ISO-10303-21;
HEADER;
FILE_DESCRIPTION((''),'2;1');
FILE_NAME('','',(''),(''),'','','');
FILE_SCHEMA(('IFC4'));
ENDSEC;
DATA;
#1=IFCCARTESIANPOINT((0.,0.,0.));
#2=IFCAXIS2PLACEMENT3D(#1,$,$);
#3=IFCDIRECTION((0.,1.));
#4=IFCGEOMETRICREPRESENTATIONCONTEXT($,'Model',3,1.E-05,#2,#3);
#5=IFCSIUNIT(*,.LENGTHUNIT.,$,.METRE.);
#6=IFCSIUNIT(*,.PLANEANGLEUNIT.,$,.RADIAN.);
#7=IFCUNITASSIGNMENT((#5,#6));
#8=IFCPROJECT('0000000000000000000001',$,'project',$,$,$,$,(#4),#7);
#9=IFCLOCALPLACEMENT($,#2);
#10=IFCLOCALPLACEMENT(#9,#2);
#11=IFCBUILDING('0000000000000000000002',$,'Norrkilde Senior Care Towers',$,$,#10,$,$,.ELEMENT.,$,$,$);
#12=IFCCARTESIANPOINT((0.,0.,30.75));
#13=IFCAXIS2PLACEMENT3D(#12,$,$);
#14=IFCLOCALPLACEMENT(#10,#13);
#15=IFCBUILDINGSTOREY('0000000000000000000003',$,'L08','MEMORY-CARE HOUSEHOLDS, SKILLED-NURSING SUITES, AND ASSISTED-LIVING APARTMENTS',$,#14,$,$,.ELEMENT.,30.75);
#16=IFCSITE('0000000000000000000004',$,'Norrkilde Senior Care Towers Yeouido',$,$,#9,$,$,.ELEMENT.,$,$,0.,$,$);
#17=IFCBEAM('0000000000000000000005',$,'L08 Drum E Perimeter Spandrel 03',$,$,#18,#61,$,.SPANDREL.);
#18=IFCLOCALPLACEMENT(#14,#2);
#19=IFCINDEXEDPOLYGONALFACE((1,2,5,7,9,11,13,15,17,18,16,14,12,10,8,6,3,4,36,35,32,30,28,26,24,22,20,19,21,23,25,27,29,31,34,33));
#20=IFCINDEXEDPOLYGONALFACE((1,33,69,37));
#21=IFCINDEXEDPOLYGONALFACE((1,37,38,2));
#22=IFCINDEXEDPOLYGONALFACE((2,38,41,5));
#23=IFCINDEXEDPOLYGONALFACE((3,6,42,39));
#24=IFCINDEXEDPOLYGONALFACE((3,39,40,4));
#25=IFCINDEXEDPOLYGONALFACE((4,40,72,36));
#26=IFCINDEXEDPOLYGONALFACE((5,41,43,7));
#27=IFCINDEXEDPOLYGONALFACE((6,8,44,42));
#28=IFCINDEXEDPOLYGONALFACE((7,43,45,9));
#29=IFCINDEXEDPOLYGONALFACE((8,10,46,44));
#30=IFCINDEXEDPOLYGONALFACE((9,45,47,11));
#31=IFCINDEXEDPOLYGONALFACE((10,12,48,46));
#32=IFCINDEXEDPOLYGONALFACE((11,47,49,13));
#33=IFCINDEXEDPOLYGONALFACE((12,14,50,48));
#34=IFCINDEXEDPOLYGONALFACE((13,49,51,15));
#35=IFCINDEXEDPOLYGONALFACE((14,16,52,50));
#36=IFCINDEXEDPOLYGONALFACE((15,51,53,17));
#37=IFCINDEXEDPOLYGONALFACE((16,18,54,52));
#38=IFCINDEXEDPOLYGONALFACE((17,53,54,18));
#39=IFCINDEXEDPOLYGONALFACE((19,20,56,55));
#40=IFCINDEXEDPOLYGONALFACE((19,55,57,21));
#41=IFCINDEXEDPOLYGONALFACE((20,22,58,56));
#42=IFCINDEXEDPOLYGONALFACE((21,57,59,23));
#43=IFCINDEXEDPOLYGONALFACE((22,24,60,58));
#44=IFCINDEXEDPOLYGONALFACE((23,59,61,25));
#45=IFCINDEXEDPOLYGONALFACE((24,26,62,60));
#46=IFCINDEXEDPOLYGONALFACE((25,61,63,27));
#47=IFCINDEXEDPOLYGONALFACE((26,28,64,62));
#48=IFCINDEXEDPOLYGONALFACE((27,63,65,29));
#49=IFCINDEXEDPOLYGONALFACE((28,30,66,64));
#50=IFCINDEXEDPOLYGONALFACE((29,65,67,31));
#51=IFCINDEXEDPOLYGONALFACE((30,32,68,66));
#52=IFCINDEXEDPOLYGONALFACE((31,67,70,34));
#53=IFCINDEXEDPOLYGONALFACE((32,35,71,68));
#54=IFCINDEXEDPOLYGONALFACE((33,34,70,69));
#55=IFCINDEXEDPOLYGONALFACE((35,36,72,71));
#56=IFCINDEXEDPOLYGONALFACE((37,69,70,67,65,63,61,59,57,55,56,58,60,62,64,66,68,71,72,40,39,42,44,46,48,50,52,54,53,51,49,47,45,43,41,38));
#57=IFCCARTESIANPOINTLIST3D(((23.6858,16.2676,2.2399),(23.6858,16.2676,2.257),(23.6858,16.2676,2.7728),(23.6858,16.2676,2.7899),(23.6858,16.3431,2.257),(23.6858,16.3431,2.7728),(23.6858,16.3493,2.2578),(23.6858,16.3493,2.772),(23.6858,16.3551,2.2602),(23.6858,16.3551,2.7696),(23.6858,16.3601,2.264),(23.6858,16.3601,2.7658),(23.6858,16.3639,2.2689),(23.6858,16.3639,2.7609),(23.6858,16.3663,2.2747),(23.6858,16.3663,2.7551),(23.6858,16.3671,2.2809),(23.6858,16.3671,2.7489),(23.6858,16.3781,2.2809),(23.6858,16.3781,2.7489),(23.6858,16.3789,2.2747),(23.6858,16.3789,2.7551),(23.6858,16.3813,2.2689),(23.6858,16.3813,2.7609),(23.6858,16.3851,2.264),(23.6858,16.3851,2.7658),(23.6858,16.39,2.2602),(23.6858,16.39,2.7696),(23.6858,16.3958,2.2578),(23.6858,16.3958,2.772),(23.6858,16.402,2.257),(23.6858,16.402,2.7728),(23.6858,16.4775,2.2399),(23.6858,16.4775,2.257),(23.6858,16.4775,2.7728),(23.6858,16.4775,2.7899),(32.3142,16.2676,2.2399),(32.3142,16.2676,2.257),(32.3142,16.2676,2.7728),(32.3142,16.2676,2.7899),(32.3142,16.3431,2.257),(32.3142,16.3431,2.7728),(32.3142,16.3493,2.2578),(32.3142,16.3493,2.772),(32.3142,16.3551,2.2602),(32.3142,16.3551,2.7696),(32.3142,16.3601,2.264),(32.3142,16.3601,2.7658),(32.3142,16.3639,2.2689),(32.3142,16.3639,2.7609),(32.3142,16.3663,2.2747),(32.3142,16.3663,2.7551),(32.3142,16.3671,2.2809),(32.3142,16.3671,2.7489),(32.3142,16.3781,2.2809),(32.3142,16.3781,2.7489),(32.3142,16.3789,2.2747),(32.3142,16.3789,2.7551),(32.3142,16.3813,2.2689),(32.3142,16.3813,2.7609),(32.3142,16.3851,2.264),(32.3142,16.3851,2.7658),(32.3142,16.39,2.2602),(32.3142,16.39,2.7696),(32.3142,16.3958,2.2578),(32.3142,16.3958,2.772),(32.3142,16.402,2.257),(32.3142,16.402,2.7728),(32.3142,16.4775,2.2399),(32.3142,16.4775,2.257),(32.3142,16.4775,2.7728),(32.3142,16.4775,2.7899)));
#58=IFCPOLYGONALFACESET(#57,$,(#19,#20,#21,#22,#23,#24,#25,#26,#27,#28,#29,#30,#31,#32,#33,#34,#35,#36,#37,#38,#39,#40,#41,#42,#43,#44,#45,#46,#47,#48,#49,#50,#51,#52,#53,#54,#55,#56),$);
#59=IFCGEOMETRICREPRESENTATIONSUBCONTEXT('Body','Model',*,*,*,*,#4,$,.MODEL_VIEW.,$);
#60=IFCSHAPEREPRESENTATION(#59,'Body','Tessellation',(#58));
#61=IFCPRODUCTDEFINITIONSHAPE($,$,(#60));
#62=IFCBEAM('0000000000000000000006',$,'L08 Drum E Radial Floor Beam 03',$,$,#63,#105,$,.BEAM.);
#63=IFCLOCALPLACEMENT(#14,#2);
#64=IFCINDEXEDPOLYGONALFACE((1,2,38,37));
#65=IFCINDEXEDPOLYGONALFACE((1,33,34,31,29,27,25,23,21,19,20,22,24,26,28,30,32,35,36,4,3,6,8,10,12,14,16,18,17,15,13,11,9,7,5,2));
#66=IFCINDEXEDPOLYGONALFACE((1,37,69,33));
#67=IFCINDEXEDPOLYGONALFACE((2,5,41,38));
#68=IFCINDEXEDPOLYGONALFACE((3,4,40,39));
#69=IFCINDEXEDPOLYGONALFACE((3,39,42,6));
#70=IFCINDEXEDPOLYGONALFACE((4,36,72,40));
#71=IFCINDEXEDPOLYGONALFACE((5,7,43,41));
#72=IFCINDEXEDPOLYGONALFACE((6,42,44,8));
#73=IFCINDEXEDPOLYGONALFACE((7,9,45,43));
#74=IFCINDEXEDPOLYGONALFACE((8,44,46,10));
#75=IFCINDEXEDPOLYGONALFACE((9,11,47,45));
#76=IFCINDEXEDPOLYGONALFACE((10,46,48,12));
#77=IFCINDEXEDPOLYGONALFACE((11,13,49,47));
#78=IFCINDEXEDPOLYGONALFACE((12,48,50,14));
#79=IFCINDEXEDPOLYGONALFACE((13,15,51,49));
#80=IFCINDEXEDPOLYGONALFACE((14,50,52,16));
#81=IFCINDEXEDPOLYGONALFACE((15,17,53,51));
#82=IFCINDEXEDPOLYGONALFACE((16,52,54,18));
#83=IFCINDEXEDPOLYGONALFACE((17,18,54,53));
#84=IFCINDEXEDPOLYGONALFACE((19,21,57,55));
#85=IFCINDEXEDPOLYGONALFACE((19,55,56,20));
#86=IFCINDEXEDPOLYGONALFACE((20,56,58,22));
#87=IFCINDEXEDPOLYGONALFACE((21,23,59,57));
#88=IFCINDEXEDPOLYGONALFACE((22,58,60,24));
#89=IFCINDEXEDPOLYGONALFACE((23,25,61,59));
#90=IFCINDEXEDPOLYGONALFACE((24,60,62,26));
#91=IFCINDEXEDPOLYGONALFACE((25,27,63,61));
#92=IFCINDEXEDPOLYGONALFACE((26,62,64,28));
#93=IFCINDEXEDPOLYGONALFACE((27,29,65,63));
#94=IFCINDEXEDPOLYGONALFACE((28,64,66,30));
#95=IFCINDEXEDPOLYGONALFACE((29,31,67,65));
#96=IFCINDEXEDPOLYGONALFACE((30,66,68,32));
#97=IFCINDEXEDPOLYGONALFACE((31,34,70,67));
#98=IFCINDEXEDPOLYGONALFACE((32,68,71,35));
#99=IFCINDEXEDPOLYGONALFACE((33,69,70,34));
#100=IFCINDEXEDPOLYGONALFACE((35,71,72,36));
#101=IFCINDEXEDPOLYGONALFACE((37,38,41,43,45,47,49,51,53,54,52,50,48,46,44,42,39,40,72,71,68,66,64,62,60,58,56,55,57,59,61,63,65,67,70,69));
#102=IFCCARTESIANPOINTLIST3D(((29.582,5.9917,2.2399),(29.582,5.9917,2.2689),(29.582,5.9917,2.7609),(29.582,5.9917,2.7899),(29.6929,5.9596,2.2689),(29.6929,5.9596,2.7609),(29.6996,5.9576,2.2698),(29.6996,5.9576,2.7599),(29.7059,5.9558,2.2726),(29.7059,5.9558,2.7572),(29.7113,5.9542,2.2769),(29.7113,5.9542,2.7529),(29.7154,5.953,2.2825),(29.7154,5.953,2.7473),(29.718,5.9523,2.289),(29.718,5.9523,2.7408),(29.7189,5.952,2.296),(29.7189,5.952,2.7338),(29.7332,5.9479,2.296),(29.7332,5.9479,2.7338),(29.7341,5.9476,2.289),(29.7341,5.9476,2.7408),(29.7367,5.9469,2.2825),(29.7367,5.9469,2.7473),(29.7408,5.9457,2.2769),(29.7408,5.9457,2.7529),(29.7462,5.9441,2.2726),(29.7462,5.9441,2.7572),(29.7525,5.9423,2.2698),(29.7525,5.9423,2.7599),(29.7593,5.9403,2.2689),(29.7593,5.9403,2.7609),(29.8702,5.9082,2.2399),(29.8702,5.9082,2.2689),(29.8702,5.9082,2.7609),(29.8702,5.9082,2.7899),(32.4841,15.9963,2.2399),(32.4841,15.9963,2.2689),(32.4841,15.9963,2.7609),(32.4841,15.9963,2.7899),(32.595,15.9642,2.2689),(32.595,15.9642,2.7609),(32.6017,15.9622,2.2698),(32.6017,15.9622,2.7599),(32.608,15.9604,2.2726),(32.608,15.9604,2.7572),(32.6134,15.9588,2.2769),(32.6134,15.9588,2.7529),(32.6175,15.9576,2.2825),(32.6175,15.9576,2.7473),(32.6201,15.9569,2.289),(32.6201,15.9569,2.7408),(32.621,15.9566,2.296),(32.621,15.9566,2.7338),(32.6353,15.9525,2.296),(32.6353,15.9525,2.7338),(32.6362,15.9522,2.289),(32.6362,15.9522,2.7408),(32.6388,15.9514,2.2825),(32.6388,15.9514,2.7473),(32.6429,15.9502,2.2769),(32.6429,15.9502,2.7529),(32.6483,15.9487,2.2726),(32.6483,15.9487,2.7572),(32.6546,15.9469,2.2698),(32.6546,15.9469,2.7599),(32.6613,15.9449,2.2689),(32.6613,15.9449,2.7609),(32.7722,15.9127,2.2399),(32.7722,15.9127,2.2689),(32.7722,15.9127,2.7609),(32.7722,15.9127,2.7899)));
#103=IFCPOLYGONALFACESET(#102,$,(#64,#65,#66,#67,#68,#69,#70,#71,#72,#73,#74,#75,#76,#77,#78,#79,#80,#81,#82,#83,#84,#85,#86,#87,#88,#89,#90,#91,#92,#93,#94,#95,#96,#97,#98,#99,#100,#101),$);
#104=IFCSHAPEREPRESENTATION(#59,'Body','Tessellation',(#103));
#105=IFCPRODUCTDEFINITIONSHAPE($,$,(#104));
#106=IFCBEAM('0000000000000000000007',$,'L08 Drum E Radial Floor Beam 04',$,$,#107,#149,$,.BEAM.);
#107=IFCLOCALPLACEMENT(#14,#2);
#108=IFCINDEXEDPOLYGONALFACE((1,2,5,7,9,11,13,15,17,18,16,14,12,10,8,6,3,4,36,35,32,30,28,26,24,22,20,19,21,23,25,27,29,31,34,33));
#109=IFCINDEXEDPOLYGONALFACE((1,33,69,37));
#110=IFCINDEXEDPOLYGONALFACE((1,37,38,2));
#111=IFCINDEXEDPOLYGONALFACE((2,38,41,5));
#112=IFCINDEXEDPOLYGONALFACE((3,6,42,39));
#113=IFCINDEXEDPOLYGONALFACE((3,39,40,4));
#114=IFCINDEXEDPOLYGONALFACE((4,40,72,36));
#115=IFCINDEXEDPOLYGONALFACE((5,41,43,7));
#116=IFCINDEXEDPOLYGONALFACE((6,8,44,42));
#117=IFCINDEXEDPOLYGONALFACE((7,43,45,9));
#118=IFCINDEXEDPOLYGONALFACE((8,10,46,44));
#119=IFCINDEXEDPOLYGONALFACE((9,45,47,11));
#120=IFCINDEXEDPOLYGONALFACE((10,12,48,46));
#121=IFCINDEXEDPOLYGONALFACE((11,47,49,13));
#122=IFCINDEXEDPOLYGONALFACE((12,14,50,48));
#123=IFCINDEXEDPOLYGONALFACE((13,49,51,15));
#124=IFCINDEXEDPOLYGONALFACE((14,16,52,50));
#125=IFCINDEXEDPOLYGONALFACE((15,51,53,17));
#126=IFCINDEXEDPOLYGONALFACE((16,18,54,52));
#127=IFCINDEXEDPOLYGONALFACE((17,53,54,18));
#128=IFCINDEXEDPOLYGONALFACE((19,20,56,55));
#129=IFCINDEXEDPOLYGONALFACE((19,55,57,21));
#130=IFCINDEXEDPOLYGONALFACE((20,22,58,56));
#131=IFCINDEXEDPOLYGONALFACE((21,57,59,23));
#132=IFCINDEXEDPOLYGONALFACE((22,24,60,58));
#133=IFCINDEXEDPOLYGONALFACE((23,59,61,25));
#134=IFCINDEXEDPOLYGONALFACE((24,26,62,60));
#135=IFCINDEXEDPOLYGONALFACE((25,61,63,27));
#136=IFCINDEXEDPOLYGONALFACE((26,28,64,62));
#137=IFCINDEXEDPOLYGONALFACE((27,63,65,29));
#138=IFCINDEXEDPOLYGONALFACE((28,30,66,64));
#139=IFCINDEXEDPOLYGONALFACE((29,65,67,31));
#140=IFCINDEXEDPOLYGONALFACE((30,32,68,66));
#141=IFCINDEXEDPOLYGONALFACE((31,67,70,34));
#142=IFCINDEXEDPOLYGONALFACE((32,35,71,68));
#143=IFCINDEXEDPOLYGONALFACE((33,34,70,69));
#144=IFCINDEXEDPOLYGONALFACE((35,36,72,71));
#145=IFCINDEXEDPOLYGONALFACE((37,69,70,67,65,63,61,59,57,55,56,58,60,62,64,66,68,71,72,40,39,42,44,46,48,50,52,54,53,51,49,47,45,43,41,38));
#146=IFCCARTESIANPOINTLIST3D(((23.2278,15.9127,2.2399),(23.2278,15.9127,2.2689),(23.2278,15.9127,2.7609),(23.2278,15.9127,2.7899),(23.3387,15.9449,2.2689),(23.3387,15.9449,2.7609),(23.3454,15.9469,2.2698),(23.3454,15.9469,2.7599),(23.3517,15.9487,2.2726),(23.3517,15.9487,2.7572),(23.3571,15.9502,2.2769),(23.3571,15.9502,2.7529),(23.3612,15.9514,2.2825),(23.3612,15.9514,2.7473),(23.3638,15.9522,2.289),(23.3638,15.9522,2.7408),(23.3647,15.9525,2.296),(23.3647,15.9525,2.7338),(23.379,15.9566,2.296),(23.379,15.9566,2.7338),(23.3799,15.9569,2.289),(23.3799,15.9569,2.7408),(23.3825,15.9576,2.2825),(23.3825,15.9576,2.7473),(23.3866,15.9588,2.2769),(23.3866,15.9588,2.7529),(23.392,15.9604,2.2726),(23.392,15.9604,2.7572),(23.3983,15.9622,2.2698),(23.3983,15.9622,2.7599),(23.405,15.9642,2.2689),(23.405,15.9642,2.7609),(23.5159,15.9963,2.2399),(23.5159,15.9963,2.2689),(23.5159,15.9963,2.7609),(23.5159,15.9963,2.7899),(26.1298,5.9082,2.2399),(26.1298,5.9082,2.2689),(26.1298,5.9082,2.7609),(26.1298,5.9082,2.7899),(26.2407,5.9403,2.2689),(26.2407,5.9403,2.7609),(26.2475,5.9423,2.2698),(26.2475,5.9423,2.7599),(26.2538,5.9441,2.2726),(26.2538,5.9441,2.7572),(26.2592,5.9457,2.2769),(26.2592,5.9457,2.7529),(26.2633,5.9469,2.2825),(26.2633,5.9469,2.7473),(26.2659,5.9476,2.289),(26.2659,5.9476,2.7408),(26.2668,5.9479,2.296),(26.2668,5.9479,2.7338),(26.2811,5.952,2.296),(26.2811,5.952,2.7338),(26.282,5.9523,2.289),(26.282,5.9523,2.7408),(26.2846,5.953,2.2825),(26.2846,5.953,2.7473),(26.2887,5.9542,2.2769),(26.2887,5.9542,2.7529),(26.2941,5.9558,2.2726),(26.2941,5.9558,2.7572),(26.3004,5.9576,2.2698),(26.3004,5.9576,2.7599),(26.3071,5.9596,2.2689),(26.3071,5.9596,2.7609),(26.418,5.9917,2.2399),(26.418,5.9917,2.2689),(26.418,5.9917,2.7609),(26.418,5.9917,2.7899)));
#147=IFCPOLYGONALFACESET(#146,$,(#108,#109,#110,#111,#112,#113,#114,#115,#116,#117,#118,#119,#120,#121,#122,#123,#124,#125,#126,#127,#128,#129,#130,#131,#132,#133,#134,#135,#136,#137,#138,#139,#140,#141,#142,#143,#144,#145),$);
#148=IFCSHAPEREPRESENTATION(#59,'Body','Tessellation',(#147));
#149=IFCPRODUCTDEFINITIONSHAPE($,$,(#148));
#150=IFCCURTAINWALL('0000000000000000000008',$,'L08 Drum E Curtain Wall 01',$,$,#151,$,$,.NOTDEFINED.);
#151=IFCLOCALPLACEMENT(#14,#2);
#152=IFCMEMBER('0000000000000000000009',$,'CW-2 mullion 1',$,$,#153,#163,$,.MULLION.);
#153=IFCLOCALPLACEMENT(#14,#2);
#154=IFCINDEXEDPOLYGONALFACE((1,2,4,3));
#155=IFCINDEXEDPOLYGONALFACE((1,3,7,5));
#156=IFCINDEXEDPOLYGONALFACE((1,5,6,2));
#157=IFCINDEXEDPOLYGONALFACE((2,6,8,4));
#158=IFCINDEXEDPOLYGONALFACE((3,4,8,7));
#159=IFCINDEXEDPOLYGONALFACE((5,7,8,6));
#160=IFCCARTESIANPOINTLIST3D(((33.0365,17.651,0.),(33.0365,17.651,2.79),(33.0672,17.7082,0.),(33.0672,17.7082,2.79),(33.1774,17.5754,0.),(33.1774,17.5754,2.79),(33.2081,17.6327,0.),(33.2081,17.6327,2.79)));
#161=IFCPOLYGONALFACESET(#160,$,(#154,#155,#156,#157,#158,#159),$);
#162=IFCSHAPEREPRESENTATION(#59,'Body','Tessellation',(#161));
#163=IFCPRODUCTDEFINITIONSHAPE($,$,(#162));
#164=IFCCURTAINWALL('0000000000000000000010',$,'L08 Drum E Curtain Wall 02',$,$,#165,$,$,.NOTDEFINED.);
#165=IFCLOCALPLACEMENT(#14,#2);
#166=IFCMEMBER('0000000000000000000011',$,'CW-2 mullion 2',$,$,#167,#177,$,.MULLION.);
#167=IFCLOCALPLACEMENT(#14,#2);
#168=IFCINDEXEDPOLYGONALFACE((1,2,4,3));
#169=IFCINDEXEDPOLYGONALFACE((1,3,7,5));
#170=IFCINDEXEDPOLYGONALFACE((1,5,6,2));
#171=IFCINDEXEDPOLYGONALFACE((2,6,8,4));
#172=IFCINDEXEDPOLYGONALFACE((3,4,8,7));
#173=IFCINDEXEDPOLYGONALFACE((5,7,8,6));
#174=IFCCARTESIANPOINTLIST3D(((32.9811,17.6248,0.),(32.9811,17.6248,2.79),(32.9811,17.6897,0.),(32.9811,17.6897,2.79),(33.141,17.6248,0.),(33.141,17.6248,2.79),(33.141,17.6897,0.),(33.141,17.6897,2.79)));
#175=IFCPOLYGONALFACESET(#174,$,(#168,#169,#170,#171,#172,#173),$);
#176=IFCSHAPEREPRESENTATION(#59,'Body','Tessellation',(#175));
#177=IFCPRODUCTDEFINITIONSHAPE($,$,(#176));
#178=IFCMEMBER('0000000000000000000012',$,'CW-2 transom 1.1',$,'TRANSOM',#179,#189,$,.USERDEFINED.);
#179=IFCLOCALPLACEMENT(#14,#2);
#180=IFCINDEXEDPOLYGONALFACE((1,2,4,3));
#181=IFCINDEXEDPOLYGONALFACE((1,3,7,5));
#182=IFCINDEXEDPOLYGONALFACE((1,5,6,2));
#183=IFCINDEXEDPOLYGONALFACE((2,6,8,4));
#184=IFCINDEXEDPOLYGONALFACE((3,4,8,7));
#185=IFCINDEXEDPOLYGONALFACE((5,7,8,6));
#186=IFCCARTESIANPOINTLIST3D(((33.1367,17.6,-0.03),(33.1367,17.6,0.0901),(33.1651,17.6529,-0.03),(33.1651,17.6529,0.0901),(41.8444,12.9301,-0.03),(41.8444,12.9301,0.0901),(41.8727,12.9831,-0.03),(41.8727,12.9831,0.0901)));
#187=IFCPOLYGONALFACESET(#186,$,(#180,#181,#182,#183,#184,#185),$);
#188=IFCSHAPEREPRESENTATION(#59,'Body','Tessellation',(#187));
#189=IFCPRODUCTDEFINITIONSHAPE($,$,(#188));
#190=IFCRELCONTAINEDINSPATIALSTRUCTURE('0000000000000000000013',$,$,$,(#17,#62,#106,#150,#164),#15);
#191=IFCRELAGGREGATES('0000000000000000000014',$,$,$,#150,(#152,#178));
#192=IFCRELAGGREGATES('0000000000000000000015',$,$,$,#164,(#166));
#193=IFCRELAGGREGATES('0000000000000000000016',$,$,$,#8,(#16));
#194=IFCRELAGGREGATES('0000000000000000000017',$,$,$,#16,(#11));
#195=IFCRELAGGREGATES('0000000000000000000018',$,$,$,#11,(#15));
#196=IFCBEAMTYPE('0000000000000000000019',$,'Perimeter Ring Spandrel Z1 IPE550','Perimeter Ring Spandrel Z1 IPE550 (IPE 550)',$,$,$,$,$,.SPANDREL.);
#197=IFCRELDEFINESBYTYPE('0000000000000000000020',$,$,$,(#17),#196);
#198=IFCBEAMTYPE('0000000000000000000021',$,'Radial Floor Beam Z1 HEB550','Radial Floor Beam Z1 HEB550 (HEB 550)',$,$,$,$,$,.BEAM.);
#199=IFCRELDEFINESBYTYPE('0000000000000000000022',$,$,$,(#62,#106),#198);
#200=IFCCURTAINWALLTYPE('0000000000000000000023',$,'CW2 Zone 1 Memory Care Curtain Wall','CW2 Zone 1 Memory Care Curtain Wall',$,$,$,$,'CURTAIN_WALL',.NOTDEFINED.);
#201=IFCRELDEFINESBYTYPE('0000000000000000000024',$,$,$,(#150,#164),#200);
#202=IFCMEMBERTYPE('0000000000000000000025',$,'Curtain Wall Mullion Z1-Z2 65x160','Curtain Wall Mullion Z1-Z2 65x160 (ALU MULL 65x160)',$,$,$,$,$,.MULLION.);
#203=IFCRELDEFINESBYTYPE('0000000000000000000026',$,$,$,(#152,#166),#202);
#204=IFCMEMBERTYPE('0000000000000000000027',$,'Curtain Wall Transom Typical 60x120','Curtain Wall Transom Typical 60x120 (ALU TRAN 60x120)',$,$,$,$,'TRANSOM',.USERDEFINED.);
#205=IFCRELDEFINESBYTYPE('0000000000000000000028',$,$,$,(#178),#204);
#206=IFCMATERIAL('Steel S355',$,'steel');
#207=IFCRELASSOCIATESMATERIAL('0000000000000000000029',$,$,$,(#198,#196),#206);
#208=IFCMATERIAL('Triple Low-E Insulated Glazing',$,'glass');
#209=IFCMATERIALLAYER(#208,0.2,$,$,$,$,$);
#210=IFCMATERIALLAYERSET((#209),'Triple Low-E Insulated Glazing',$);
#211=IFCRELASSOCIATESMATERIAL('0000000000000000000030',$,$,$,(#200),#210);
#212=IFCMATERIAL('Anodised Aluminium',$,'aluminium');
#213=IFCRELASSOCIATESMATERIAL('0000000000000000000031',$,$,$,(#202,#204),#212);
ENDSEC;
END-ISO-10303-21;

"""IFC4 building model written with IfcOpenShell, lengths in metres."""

from ifc_helpers import new_model, si_unit, direction, frame, origin, origin_2d, place, context, subcontext, project, spatial, rectangle, i_section, extrude, source, transform, mapped, material, layer, layer_set, material_profile, profile_set, type_object, type_shapes, element, aggregate, save


model = new_model("IFC4")

# Units and contexts
model_context = context("Model", 3, precision=1e-05, world=origin(), true_north=direction((0.0, 1.0)))
body_context = subcontext(model_context, "Body", "Model", "MODEL_VIEW")
ifc_project = project(units=[si_unit("LENGTHUNIT", "METRE"), si_unit("PLANEANGLEUNIT", "RADIAN")], contexts=[model_context])

# Site, building, storey
site_placement = place(None, origin())
site = spatial("IfcSite", under=ifc_project, at=site_placement, Name="Norrkilde Senior Care Towers Yeouido", CompositionType="ELEMENT", RefElevation=0.0)
building_placement = place(site_placement, origin())
building = spatial("IfcBuilding", under=site, at=building_placement, Name="Norrkilde Senior Care Towers", CompositionType="ELEMENT")
storey_placement = place(building_placement, frame((0.0, 0.0, 30.75)))
storey = spatial("IfcBuildingStorey", under=building, at=storey_placement, Name="L08", Description="MEMORY-CARE HOUSEHOLDS, SKILLED-NURSING SUITES, AND ASSISTED-LIVING APARTMENTS", CompositionType="ELEMENT", Elevation=30.75)

# Beams
ifc_material_1 = material(Name="Steel S355", Category="steel")
ifc_material_profile_1 = material_profile(ifc_material_1, i_section(OverallWidth=0.3, OverallDepth=0.55, WebThickness=0.0149, FlangeThickness=0.0291, FilletRadius=0.0271, at=origin_2d()), Name="HEB 550")
ifc_profile_set_1 = profile_set([ifc_material_profile_1], Name="Steel S355")
beam_type_1 = type_object("IfcBeamType", Name="Radial Floor Beam Z1 HEB550", Description="Radial Floor Beam Z1 HEB550 (HEB 550)", PredefinedType="BEAM", material=ifc_profile_set_1)
ifc_material_profile_2 = material_profile(ifc_material_1, i_section(OverallWidth=0.21, OverallDepth=0.55, WebThickness=0.011, FlangeThickness=0.0171, FilletRadius=0.0239, at=origin_2d()), Name="IPE 550")
ifc_profile_set_2 = profile_set([ifc_material_profile_2], Name="Steel S355")
beam_type_2 = type_object("IfcBeamType", Name="Perimeter Ring Spandrel Z1 IPE550", Description="Perimeter Ring Spandrel Z1 IPE550 (IPE 550)", PredefinedType="SPANDREL", material=ifc_profile_set_2)
shared_shape_1 = source(origin(), body_context, "Body", "SweptSolid", [
    extrude(i_section(OverallWidth=0.21, OverallDepth=0.55, WebThickness=0.011, FlangeThickness=0.0171, FilletRadius=0.0239, at=origin_2d()), origin(), (0.0, 0.0, 1.0), 8.6284),
])
type_shapes(beam_type_2, [shared_shape_1])
beam_1_placement = place(storey_placement, frame((32.3142, 16.3726, 2.5149), z_axis=(-1.0, 0.0, 0.0), x_axis=(0.0, -1.0, 0.0)))
element("IfcBeam", 1, at=beam_1_placement, inside=storey, type_object=beam_type_2, Name="L08 Drum E Perimeter Spandrel 03", PredefinedType="SPANDREL", context=body_context, shape_type="MappedRepresentation", body=[
    mapped(shared_shape_1, transform((0.0, 0.0, 0.0), x_axis=(1.0, 0.0, 0.0), y_axis=(0.0, 1.0, 0.0), z_axis=(0.0, 0.0, 1.0), scale=1.0)),
])
shared_shape_2 = source(origin(), body_context, "Body", "SweptSolid", [
    extrude(i_section(OverallWidth=0.3, OverallDepth=0.55, WebThickness=0.0149, FlangeThickness=0.0291, FilletRadius=0.0271, at=origin_2d()), origin(), (0.0, 0.0, 1.0), 10.417),
])
for number, where, z_axis, x_axis, name in (
    (2, (29.7261, 5.95, 2.5149), (0.278591, 0.96041, 0.0), (-0.96041, 0.278591, 0.0), "L08 Drum E Radial Floor Beam 03"),
    (3, (26.2739, 5.95, 2.5149), (-0.278591, 0.96041, 0.0), (-0.96041, -0.278591, 0.0), "L08 Drum E Radial Floor Beam 04"),
):
    element("IfcBeam", number, at=place(storey_placement, frame(where, z_axis=z_axis, x_axis=x_axis)), inside=storey, type_object=beam_type_1, Name=name, PredefinedType="BEAM", context=body_context, shape_type="MappedRepresentation", body=[
        mapped(shared_shape_2, transform((0.0, 0.0, 0.0), x_axis=(1.0, 0.0, 0.0), y_axis=(0.0, 1.0, 0.0), z_axis=(0.0, 0.0, 1.0), scale=1.0)),
    ])

# Curtain walls, members
ifc_material_2 = material(Name="Triple Low-E Insulated Glazing", Category="glass")
ifc_layer_1 = layer(ifc_material_2, 0.2)
ifc_layer_set_1 = layer_set([ifc_layer_1], Name="Triple Low-E Insulated Glazing")
curtain_wall_type = type_object("IfcCurtainWallType", Name="CW2 Zone 1 Memory Care Curtain Wall", Description="CW2 Zone 1 Memory Care Curtain Wall", ElementType="CURTAIN_WALL", PredefinedType="NOTDEFINED", material=ifc_layer_set_1)
curtain_wall_1_placement = place(storey_placement, origin())
curtain_wall_1 = element("IfcCurtainWall", 4, at=curtain_wall_1_placement, inside=storey, type_object=curtain_wall_type, Name="L08 Drum E Curtain Wall 01", PredefinedType="NOTDEFINED")
ifc_material_3 = material(Name="Anodised Aluminium", Category="aluminium")
ifc_material_profile_3 = material_profile(ifc_material_3, rectangle(XDim=0.0649, YDim=0.1599, at=origin_2d()), Name="ALU MULL 65x160")
ifc_profile_set_3 = profile_set([ifc_material_profile_3], Name="Anodised Aluminium")
member_type_1 = type_object("IfcMemberType", Name="Curtain Wall Mullion Z1-Z2 65x160", Description="Curtain Wall Mullion Z1-Z2 65x160 (ALU MULL 65x160)", PredefinedType="MULLION", material=ifc_profile_set_3)
shared_shape_3 = source(origin(), body_context, "Body", "SweptSolid", [
    extrude(rectangle(XDim=0.0649, YDim=0.1599, at=origin_2d()), origin(), (0.0, 0.0, 1.0), 2.79),
])
type_shapes(member_type_1, [shared_shape_3])
member_1_placement = place(storey_placement, frame((33.1223, 17.6418, 0.0), z_axis=(0.0, 0.0, 1.0), x_axis=(0.472608, 0.881273, 0.0)))
member_1 = element("IfcMember", 5, at=member_1_placement, type_object=member_type_1, Name="CW-2 mullion 1", PredefinedType="MULLION", context=body_context, shape_type="MappedRepresentation", body=[
    mapped(shared_shape_3, transform((0.0, 0.0, 0.0), x_axis=(1.0, 0.0, 0.0), y_axis=(0.0, 1.0, 0.0), z_axis=(0.0, 0.0, 1.0), scale=1.0)),
])
curtain_wall_2_placement = place(storey_placement, origin())
curtain_wall_2 = element("IfcCurtainWall", 6, at=curtain_wall_2_placement, inside=storey, type_object=curtain_wall_type, Name="L08 Drum E Curtain Wall 02", PredefinedType="NOTDEFINED")
member_2_placement = place(storey_placement, frame((33.061, 17.6572, 0.0), z_axis=(0.0, 0.0, 1.0), x_axis=(0.0, 1.0, 0.0)))
member_2 = element("IfcMember", 7, at=member_2_placement, type_object=member_type_1, Name="CW-2 mullion 2", PredefinedType="MULLION", context=body_context, shape_type="MappedRepresentation", body=[
    mapped(shared_shape_3, transform((0.0, 0.0, 0.0), x_axis=(1.0, 0.0, 0.0), y_axis=(0.0, 1.0, 0.0), z_axis=(0.0, 0.0, 1.0), scale=1.0)),
])

# Member
ifc_material_profile_4 = material_profile(ifc_material_3, rectangle(XDim=0.0601, YDim=0.1201, at=origin_2d()), Name="ALU TRAN 60x120")
ifc_profile_set_4 = profile_set([ifc_material_profile_4], Name="Anodised Aluminium")
member_type_2 = type_object("IfcMemberType", Name="Curtain Wall Transom Typical 60x120", Description="Curtain Wall Transom Typical 60x120 (ALU TRAN 60x120)", ElementType="TRANSOM", PredefinedType="USERDEFINED", material=ifc_profile_set_4)
shared_shape_4 = source(origin(), body_context, "Body", "SweptSolid", [
    extrude(rectangle(XDim=0.0601, YDim=0.1201, at=origin_2d()), origin(), (0.0, 0.0, 1.0), 9.8809),
])
type_shapes(member_type_2, [shared_shape_4])
member_3_placement = place(storey_placement, frame((33.1509, 17.6265, 0.03), z_axis=(0.881267, -0.472618, 0.0), x_axis=(0.472618, 0.881267, 0.0)))
member_3 = element("IfcMember", 8, at=member_3_placement, type_object=member_type_2, Name="CW-2 transom 1.1", ObjectType="TRANSOM", PredefinedType="USERDEFINED", context=body_context, shape_type="MappedRepresentation", body=[
    mapped(shared_shape_4, transform((0.0, 0.0, 0.0), x_axis=(1.0, 0.0, 0.0), y_axis=(0.0, 1.0, 0.0), z_axis=(0.0, 0.0, 1.0), scale=1.0)),
])
aggregate(curtain_wall_1, [member_1, member_3])

aggregate(curtain_wall_2, [member_2])

save(model, "model.ifc")
